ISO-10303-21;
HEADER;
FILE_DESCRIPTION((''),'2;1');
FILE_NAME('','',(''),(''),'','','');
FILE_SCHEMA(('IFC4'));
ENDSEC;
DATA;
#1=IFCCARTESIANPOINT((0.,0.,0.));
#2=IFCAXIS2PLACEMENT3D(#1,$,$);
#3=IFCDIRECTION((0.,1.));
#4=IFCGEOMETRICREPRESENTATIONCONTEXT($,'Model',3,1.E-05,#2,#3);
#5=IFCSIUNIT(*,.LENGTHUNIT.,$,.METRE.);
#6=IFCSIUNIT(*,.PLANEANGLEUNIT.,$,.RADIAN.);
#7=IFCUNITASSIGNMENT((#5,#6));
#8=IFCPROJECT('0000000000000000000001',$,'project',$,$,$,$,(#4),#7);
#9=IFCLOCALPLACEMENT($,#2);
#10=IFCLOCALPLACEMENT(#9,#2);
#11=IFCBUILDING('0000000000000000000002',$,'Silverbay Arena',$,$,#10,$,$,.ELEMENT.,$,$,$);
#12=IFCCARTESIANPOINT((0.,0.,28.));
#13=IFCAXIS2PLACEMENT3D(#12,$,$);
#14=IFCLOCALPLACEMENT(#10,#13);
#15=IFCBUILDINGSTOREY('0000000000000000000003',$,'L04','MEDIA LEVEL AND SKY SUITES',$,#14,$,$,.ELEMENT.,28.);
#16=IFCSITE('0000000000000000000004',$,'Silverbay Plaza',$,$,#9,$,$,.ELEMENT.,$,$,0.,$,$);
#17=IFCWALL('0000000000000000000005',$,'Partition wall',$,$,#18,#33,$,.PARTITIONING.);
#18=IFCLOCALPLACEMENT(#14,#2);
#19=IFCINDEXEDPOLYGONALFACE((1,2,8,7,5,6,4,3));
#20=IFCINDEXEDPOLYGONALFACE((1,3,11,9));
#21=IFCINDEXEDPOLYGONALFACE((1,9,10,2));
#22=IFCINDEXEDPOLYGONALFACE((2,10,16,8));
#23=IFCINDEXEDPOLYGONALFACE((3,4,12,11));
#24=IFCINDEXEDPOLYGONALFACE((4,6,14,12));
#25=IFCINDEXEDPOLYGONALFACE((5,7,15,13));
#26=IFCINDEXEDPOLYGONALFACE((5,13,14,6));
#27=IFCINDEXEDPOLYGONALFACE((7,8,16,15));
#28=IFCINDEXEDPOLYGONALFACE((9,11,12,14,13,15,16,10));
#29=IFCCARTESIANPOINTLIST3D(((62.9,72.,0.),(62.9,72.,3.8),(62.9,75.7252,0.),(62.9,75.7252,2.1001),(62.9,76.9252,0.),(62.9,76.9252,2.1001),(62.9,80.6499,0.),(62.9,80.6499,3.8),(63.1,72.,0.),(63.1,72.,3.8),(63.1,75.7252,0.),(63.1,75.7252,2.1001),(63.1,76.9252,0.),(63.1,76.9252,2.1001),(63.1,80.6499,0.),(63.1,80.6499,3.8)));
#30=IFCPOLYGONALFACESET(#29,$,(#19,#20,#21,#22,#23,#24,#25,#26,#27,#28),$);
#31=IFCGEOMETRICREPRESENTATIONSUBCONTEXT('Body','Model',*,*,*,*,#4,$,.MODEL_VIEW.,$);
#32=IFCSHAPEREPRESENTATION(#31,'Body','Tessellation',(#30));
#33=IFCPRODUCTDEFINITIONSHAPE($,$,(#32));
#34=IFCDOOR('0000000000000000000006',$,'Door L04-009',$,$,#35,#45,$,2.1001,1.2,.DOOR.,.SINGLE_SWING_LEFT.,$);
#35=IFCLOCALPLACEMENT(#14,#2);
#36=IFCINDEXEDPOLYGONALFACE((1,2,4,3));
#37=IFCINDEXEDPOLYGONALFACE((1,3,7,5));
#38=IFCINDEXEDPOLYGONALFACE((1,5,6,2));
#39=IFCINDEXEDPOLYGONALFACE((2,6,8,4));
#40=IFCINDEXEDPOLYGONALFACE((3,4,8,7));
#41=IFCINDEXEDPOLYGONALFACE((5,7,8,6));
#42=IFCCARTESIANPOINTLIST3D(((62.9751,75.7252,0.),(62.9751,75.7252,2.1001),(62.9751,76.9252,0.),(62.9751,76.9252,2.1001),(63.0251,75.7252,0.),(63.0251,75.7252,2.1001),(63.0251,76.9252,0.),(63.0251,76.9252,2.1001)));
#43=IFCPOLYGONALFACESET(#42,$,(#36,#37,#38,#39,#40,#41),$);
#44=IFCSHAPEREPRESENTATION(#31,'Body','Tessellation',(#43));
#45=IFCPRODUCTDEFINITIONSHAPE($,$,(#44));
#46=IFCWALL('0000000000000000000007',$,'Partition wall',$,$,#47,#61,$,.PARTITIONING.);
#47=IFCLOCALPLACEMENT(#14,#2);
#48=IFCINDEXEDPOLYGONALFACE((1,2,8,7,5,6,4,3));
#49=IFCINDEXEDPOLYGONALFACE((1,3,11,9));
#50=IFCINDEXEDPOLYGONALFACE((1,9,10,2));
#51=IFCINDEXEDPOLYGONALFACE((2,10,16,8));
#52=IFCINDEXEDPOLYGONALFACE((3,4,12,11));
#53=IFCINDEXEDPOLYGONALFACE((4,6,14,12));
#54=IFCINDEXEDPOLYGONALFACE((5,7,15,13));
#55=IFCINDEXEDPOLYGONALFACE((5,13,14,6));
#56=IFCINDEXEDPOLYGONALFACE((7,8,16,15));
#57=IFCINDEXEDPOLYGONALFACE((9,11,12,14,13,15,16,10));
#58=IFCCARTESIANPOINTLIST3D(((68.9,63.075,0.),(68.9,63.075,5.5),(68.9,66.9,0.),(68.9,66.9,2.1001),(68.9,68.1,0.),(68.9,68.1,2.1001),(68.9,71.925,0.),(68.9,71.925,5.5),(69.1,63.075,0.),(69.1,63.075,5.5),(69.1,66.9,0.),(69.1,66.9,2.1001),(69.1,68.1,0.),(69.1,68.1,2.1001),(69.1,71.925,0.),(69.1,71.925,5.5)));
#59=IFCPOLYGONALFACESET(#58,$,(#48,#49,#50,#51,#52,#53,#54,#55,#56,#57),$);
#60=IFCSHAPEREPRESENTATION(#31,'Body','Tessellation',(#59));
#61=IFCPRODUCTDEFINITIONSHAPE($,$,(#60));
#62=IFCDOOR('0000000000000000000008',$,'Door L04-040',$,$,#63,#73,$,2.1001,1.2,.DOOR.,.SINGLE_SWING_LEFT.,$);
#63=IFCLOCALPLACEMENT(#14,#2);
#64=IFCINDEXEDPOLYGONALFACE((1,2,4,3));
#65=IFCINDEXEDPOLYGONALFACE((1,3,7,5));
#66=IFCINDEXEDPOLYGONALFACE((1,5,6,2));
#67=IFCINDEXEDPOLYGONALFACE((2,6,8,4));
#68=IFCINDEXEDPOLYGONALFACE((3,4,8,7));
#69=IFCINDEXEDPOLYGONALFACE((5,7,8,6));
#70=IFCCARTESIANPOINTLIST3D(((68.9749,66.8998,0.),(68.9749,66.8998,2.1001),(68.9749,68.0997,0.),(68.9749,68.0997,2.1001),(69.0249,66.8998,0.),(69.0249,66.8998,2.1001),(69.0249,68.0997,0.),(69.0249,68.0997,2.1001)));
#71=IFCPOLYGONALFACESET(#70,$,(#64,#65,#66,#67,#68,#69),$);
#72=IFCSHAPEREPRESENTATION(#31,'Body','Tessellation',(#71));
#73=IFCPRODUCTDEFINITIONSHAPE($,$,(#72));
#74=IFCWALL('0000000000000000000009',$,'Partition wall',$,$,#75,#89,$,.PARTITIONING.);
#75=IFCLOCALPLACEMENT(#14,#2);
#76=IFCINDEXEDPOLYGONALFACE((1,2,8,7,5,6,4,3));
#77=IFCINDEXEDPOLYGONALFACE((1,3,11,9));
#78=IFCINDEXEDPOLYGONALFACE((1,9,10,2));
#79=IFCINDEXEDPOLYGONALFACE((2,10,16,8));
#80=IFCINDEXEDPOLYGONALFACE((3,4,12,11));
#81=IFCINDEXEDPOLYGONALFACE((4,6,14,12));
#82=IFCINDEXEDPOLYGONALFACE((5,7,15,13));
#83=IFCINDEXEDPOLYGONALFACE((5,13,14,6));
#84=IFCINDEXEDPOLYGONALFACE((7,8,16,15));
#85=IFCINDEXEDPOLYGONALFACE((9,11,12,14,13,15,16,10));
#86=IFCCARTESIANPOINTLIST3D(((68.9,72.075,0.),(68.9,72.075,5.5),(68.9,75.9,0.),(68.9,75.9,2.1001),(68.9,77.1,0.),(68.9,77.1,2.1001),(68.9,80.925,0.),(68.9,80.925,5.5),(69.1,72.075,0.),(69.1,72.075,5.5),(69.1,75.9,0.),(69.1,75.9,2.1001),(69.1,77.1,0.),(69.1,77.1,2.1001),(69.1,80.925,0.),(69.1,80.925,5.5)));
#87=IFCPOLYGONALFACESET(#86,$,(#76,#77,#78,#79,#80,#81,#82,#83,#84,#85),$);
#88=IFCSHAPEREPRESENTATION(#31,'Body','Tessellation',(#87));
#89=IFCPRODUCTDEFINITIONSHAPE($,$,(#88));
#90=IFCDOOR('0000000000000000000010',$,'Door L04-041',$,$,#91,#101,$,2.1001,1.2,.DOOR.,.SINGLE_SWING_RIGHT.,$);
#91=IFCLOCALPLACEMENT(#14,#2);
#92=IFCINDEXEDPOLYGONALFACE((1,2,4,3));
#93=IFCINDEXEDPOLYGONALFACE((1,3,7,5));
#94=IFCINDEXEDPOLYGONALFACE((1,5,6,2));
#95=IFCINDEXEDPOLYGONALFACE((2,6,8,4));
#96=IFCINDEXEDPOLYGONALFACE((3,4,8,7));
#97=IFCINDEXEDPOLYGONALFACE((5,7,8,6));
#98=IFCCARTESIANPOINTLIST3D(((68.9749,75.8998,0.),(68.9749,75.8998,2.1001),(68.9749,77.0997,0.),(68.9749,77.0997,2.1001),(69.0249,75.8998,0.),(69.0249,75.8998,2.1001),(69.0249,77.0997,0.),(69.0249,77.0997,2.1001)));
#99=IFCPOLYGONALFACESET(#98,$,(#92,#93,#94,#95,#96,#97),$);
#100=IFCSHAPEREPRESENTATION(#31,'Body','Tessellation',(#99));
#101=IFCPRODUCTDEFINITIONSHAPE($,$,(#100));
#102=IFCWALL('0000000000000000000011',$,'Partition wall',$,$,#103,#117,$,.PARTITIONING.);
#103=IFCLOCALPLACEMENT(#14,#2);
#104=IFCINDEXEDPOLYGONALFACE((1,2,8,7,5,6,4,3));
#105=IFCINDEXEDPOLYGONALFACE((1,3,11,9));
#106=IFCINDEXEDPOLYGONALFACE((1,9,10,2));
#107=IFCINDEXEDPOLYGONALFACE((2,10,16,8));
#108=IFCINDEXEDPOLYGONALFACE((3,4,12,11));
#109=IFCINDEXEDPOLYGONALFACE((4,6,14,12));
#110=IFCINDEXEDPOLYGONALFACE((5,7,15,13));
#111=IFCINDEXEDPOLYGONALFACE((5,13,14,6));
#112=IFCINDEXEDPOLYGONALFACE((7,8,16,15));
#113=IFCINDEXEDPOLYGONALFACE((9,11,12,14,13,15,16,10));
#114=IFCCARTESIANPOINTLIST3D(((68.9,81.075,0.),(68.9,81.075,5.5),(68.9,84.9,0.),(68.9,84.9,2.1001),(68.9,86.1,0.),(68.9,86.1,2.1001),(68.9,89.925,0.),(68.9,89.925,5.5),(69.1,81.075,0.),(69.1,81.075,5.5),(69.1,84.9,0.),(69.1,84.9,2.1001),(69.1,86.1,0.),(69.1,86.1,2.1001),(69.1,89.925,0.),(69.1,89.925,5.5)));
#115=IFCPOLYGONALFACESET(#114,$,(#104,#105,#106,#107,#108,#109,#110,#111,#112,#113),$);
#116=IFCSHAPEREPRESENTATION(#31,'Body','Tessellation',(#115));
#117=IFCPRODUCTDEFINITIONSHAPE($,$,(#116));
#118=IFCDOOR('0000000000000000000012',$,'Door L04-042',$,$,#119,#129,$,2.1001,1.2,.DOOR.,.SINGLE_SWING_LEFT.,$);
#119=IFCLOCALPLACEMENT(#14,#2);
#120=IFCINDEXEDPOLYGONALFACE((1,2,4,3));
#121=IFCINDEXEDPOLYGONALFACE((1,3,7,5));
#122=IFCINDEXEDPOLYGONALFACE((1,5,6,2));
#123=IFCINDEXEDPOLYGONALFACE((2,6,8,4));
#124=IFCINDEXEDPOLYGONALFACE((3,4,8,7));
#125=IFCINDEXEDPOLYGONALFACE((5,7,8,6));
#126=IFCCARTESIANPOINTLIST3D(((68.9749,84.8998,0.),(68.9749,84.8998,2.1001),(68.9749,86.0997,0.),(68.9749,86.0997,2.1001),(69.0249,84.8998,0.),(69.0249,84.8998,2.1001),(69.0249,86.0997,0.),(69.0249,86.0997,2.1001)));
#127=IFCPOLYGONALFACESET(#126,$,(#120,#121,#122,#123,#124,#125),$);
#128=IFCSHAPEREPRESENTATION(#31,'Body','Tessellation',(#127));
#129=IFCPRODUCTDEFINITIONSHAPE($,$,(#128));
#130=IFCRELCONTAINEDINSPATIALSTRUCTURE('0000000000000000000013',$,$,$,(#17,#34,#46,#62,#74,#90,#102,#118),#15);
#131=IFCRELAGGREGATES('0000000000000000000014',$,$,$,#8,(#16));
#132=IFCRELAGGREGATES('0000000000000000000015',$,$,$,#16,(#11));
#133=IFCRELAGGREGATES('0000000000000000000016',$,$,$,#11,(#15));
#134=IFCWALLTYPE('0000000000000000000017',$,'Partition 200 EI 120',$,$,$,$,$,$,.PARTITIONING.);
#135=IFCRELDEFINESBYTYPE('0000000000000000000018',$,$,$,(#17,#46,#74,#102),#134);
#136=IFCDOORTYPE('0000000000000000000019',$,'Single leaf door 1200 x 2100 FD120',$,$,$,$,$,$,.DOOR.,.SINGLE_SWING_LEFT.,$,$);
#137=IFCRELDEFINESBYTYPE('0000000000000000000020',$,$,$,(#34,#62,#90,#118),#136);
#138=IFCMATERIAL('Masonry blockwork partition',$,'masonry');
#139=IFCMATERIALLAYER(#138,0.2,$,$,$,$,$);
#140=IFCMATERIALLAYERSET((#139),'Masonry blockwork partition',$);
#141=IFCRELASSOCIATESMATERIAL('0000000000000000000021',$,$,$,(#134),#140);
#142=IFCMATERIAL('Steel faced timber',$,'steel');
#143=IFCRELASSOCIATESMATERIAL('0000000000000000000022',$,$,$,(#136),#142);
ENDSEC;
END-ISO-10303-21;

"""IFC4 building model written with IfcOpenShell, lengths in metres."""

from ifc_helpers import new_model, si_unit, direction, frame, frame_2d, origin, place, context, subcontext, project, spatial, rectangle, extrude, material, layer, layer_set, type_object, element, fill, save


model = new_model("IFC4")

# Units and contexts
model_context = context("Model", 3, precision=1e-05, world=origin(), true_north=direction((0.0, 1.0)))
body_context = subcontext(model_context, "Body", "Model", "MODEL_VIEW")
ifc_project = project(units=[si_unit("LENGTHUNIT", "METRE"), si_unit("PLANEANGLEUNIT", "RADIAN")], contexts=[model_context])

# Site, building, storey
site_placement = place(None, origin())
site = spatial("IfcSite", under=ifc_project, at=site_placement, Name="Silverbay Plaza", CompositionType="ELEMENT", RefElevation=0.0)
building_placement = place(site_placement, origin())
building = spatial("IfcBuilding", under=site, at=building_placement, Name="Silverbay Arena", CompositionType="ELEMENT")
storey_placement = place(building_placement, frame((0.0, 0.0, 28.0)))
storey = spatial("IfcBuildingStorey", under=building, at=storey_placement, Name="L04", Description="MEDIA LEVEL AND SKY SUITES", CompositionType="ELEMENT", Elevation=28.0)

# Walls, openings, doors
ifc_material_1 = material(Name="Masonry blockwork partition", Category="masonry")
ifc_layer_1 = layer(ifc_material_1, 0.2)
ifc_layer_set_1 = layer_set([ifc_layer_1], Name="Masonry blockwork partition")
wall_type_1 = type_object("IfcWallType", Name="Partition 200 EI 120", PredefinedType="PARTITIONING", material=ifc_layer_set_1)
wall_1_placement = place(storey_placement, frame((63.0, 72.0, 0.0), z_axis=(0.0, 0.0, 1.0), x_axis=(0.0, 1.0, 0.0)))
wall_1 = element("IfcWall", 1, at=wall_1_placement, inside=storey, type_object=wall_type_1, Name="Partition wall", PredefinedType="PARTITIONING", context=body_context, shape_type="SweptSolid", body=[
    extrude(rectangle(XDim=8.6499, YDim=0.2, at=frame_2d((4.325, 0.0))), origin(), (0.0, 0.0, 1.0), 3.8),
])
opening_1_placement = place(wall_1_placement, frame((3.7251, 0.0, 0.0)))
opening_1 = element("IfcOpeningElement", 2, at=opening_1_placement, cuts=wall_1, PredefinedType="OPENING", context=body_context, shape_type="SweptSolid", body=[
    extrude(rectangle(XDim=1.2, YDim=2.1001, at=frame_2d((0.6001, 1.05))), frame((0.0, 0.1099, 0.0), z_axis=(0.0, -1.0, 0.0), x_axis=(1.0, 0.0, 0.0)), (0.0, 0.0, 1.0), 0.22),
])
ifc_material_2 = material(Name="Steel faced timber", Category="steel")
door_type_1 = type_object("IfcDoorType", Name="Single leaf door 1200 x 2100 FD120", OperationType="SINGLE_SWING_LEFT", PredefinedType="DOOR", material=ifc_material_2)
door_1_placement = place(opening_1_placement, origin())
door_1 = element("IfcDoor", 3, at=door_1_placement, inside=storey, type_object=door_type_1, Name="Door L04-009", OperationType="SINGLE_SWING_LEFT", OverallHeight=2.1001, OverallWidth=1.2, PredefinedType="DOOR", context=body_context, shape_type="SweptSolid", body=[
    extrude(rectangle(XDim=1.2, YDim=2.1001, at=frame_2d((0.6001, 1.05))), frame((0.0, 0.0249, 0.0), z_axis=(0.0, -1.0, 0.0), x_axis=(1.0, 0.0, 0.0)), (0.0, 0.0, 1.0), 0.05),
])
fill(opening_1, door_1)
wall_2_placement = place(storey_placement, frame((69.0, 63.075, 0.0), z_axis=(0.0, 0.0, 1.0), x_axis=(0.0, 1.0, 0.0)))
wall_2 = element("IfcWall", 4, at=wall_2_placement, inside=storey, type_object=wall_type_1, Name="Partition wall", PredefinedType="PARTITIONING", context=body_context, shape_type="SweptSolid", body=[
    extrude(rectangle(XDim=8.8501, YDim=0.2, at=frame_2d((4.425, 0.0))), origin(), (0.0, 0.0, 1.0), 5.5),
])
opening_2_placement = place(wall_2_placement, frame((3.825, 0.0, 0.0)))
opening_2 = element("IfcOpeningElement", 5, at=opening_2_placement, cuts=wall_2, PredefinedType="OPENING", context=body_context, shape_type="SweptSolid", body=[
    extrude(rectangle(XDim=1.2, YDim=2.1001, at=frame_2d((0.6001, 1.05))), frame((0.0, 0.1099, 0.0), z_axis=(0.0, -1.0, 0.0), x_axis=(1.0, 0.0, 0.0)), (0.0, 0.0, 1.0), 0.22),
])
door_2_placement = place(opening_2_placement, frame((1.2, 0.0, 0.0), z_axis=(0.0, 0.0, 1.0), x_axis=(-1.0, 0.0, 0.0)))
door_2 = element("IfcDoor", 6, at=door_2_placement, inside=storey, type_object=door_type_1, Name="Door L04-040", OperationType="SINGLE_SWING_LEFT", OverallHeight=2.1001, OverallWidth=1.2, PredefinedType="DOOR", context=body_context, shape_type="SweptSolid", body=[
    extrude(rectangle(XDim=1.2, YDim=2.1001, at=frame_2d((0.6001, 1.05))), frame((0.0, 0.0249, 0.0), z_axis=(0.0, -1.0, 0.0), x_axis=(1.0, 0.0, 0.0)), (0.0, 0.0, 1.0), 0.05),
])
fill(opening_2, door_2)
wall_3_placement = place(storey_placement, frame((69.0, 72.075, 0.0), z_axis=(0.0, 0.0, 1.0), x_axis=(0.0, 1.0, 0.0)))
wall_3 = element("IfcWall", 7, at=wall_3_placement, inside=storey, type_object=wall_type_1, Name="Partition wall", PredefinedType="PARTITIONING", context=body_context, shape_type="SweptSolid", body=[
    extrude(rectangle(XDim=8.8501, YDim=0.2, at=frame_2d((4.425, 0.0))), origin(), (0.0, 0.0, 1.0), 5.5),
])
opening_3_placement = place(wall_3_placement, frame((3.825, 0.0, 0.0)))
opening_3 = element("IfcOpeningElement", 8, at=opening_3_placement, cuts=wall_3, PredefinedType="OPENING", context=body_context, shape_type="SweptSolid", body=[
    extrude(rectangle(XDim=1.2, YDim=2.1001, at=frame_2d((0.6001, 1.05))), frame((0.0, 0.1099, 0.0), z_axis=(0.0, -1.0, 0.0), x_axis=(1.0, 0.0, 0.0)), (0.0, 0.0, 1.0), 0.22),
])
door_3_placement = place(opening_3_placement, frame((1.2, 0.0, 0.0), z_axis=(0.0, 0.0, 1.0), x_axis=(-1.0, 0.0, 0.0)))
door_3 = element("IfcDoor", 9, at=door_3_placement, inside=storey, type_object=door_type_1, Name="Door L04-041", OperationType="SINGLE_SWING_RIGHT", OverallHeight=2.1001, OverallWidth=1.2, PredefinedType="DOOR", context=body_context, shape_type="SweptSolid", body=[
    extrude(rectangle(XDim=1.2, YDim=2.1001, at=frame_2d((0.6001, 1.05))), frame((0.0, 0.0249, 0.0), z_axis=(0.0, -1.0, 0.0), x_axis=(1.0, 0.0, 0.0)), (0.0, 0.0, 1.0), 0.05),
])
fill(opening_3, door_3)
wall_4_placement = place(storey_placement, frame((69.0, 81.075, 0.0), z_axis=(0.0, 0.0, 1.0), x_axis=(0.0, 1.0, 0.0)))
wall_4 = element("IfcWall", 10, at=wall_4_placement, inside=storey, type_object=wall_type_1, Name="Partition wall", PredefinedType="PARTITIONING", context=body_context, shape_type="SweptSolid", body=[
    extrude(rectangle(XDim=8.8501, YDim=0.2, at=frame_2d((4.425, 0.0))), origin(), (0.0, 0.0, 1.0), 5.5),
])
opening_4_placement = place(wall_4_placement, frame((3.825, 0.0, 0.0)))
opening_4 = element("IfcOpeningElement", 11, at=opening_4_placement, cuts=wall_4, PredefinedType="OPENING", context=body_context, shape_type="SweptSolid", body=[
    extrude(rectangle(XDim=1.2, YDim=2.1001, at=frame_2d((0.6001, 1.05))), frame((0.0, 0.1099, 0.0), z_axis=(0.0, -1.0, 0.0), x_axis=(1.0, 0.0, 0.0)), (0.0, 0.0, 1.0), 0.22),
])
door_4_placement = place(opening_4_placement, frame((1.2, 0.0, 0.0), z_axis=(0.0, 0.0, 1.0), x_axis=(-1.0, 0.0, 0.0)))
door_4 = element("IfcDoor", 12, at=door_4_placement, inside=storey, type_object=door_type_1, Name="Door L04-042", OperationType="SINGLE_SWING_LEFT", OverallHeight=2.1001, OverallWidth=1.2, PredefinedType="DOOR", context=body_context, shape_type="SweptSolid", body=[
    extrude(rectangle(XDim=1.2, YDim=2.1001, at=frame_2d((0.6001, 1.05))), frame((0.0, 0.0249, 0.0), z_axis=(0.0, -1.0, 0.0), x_axis=(1.0, 0.0, 0.0)), (0.0, 0.0, 1.0), 0.05),
])
fill(opening_4, door_4)

save(model, "model.ifc")
